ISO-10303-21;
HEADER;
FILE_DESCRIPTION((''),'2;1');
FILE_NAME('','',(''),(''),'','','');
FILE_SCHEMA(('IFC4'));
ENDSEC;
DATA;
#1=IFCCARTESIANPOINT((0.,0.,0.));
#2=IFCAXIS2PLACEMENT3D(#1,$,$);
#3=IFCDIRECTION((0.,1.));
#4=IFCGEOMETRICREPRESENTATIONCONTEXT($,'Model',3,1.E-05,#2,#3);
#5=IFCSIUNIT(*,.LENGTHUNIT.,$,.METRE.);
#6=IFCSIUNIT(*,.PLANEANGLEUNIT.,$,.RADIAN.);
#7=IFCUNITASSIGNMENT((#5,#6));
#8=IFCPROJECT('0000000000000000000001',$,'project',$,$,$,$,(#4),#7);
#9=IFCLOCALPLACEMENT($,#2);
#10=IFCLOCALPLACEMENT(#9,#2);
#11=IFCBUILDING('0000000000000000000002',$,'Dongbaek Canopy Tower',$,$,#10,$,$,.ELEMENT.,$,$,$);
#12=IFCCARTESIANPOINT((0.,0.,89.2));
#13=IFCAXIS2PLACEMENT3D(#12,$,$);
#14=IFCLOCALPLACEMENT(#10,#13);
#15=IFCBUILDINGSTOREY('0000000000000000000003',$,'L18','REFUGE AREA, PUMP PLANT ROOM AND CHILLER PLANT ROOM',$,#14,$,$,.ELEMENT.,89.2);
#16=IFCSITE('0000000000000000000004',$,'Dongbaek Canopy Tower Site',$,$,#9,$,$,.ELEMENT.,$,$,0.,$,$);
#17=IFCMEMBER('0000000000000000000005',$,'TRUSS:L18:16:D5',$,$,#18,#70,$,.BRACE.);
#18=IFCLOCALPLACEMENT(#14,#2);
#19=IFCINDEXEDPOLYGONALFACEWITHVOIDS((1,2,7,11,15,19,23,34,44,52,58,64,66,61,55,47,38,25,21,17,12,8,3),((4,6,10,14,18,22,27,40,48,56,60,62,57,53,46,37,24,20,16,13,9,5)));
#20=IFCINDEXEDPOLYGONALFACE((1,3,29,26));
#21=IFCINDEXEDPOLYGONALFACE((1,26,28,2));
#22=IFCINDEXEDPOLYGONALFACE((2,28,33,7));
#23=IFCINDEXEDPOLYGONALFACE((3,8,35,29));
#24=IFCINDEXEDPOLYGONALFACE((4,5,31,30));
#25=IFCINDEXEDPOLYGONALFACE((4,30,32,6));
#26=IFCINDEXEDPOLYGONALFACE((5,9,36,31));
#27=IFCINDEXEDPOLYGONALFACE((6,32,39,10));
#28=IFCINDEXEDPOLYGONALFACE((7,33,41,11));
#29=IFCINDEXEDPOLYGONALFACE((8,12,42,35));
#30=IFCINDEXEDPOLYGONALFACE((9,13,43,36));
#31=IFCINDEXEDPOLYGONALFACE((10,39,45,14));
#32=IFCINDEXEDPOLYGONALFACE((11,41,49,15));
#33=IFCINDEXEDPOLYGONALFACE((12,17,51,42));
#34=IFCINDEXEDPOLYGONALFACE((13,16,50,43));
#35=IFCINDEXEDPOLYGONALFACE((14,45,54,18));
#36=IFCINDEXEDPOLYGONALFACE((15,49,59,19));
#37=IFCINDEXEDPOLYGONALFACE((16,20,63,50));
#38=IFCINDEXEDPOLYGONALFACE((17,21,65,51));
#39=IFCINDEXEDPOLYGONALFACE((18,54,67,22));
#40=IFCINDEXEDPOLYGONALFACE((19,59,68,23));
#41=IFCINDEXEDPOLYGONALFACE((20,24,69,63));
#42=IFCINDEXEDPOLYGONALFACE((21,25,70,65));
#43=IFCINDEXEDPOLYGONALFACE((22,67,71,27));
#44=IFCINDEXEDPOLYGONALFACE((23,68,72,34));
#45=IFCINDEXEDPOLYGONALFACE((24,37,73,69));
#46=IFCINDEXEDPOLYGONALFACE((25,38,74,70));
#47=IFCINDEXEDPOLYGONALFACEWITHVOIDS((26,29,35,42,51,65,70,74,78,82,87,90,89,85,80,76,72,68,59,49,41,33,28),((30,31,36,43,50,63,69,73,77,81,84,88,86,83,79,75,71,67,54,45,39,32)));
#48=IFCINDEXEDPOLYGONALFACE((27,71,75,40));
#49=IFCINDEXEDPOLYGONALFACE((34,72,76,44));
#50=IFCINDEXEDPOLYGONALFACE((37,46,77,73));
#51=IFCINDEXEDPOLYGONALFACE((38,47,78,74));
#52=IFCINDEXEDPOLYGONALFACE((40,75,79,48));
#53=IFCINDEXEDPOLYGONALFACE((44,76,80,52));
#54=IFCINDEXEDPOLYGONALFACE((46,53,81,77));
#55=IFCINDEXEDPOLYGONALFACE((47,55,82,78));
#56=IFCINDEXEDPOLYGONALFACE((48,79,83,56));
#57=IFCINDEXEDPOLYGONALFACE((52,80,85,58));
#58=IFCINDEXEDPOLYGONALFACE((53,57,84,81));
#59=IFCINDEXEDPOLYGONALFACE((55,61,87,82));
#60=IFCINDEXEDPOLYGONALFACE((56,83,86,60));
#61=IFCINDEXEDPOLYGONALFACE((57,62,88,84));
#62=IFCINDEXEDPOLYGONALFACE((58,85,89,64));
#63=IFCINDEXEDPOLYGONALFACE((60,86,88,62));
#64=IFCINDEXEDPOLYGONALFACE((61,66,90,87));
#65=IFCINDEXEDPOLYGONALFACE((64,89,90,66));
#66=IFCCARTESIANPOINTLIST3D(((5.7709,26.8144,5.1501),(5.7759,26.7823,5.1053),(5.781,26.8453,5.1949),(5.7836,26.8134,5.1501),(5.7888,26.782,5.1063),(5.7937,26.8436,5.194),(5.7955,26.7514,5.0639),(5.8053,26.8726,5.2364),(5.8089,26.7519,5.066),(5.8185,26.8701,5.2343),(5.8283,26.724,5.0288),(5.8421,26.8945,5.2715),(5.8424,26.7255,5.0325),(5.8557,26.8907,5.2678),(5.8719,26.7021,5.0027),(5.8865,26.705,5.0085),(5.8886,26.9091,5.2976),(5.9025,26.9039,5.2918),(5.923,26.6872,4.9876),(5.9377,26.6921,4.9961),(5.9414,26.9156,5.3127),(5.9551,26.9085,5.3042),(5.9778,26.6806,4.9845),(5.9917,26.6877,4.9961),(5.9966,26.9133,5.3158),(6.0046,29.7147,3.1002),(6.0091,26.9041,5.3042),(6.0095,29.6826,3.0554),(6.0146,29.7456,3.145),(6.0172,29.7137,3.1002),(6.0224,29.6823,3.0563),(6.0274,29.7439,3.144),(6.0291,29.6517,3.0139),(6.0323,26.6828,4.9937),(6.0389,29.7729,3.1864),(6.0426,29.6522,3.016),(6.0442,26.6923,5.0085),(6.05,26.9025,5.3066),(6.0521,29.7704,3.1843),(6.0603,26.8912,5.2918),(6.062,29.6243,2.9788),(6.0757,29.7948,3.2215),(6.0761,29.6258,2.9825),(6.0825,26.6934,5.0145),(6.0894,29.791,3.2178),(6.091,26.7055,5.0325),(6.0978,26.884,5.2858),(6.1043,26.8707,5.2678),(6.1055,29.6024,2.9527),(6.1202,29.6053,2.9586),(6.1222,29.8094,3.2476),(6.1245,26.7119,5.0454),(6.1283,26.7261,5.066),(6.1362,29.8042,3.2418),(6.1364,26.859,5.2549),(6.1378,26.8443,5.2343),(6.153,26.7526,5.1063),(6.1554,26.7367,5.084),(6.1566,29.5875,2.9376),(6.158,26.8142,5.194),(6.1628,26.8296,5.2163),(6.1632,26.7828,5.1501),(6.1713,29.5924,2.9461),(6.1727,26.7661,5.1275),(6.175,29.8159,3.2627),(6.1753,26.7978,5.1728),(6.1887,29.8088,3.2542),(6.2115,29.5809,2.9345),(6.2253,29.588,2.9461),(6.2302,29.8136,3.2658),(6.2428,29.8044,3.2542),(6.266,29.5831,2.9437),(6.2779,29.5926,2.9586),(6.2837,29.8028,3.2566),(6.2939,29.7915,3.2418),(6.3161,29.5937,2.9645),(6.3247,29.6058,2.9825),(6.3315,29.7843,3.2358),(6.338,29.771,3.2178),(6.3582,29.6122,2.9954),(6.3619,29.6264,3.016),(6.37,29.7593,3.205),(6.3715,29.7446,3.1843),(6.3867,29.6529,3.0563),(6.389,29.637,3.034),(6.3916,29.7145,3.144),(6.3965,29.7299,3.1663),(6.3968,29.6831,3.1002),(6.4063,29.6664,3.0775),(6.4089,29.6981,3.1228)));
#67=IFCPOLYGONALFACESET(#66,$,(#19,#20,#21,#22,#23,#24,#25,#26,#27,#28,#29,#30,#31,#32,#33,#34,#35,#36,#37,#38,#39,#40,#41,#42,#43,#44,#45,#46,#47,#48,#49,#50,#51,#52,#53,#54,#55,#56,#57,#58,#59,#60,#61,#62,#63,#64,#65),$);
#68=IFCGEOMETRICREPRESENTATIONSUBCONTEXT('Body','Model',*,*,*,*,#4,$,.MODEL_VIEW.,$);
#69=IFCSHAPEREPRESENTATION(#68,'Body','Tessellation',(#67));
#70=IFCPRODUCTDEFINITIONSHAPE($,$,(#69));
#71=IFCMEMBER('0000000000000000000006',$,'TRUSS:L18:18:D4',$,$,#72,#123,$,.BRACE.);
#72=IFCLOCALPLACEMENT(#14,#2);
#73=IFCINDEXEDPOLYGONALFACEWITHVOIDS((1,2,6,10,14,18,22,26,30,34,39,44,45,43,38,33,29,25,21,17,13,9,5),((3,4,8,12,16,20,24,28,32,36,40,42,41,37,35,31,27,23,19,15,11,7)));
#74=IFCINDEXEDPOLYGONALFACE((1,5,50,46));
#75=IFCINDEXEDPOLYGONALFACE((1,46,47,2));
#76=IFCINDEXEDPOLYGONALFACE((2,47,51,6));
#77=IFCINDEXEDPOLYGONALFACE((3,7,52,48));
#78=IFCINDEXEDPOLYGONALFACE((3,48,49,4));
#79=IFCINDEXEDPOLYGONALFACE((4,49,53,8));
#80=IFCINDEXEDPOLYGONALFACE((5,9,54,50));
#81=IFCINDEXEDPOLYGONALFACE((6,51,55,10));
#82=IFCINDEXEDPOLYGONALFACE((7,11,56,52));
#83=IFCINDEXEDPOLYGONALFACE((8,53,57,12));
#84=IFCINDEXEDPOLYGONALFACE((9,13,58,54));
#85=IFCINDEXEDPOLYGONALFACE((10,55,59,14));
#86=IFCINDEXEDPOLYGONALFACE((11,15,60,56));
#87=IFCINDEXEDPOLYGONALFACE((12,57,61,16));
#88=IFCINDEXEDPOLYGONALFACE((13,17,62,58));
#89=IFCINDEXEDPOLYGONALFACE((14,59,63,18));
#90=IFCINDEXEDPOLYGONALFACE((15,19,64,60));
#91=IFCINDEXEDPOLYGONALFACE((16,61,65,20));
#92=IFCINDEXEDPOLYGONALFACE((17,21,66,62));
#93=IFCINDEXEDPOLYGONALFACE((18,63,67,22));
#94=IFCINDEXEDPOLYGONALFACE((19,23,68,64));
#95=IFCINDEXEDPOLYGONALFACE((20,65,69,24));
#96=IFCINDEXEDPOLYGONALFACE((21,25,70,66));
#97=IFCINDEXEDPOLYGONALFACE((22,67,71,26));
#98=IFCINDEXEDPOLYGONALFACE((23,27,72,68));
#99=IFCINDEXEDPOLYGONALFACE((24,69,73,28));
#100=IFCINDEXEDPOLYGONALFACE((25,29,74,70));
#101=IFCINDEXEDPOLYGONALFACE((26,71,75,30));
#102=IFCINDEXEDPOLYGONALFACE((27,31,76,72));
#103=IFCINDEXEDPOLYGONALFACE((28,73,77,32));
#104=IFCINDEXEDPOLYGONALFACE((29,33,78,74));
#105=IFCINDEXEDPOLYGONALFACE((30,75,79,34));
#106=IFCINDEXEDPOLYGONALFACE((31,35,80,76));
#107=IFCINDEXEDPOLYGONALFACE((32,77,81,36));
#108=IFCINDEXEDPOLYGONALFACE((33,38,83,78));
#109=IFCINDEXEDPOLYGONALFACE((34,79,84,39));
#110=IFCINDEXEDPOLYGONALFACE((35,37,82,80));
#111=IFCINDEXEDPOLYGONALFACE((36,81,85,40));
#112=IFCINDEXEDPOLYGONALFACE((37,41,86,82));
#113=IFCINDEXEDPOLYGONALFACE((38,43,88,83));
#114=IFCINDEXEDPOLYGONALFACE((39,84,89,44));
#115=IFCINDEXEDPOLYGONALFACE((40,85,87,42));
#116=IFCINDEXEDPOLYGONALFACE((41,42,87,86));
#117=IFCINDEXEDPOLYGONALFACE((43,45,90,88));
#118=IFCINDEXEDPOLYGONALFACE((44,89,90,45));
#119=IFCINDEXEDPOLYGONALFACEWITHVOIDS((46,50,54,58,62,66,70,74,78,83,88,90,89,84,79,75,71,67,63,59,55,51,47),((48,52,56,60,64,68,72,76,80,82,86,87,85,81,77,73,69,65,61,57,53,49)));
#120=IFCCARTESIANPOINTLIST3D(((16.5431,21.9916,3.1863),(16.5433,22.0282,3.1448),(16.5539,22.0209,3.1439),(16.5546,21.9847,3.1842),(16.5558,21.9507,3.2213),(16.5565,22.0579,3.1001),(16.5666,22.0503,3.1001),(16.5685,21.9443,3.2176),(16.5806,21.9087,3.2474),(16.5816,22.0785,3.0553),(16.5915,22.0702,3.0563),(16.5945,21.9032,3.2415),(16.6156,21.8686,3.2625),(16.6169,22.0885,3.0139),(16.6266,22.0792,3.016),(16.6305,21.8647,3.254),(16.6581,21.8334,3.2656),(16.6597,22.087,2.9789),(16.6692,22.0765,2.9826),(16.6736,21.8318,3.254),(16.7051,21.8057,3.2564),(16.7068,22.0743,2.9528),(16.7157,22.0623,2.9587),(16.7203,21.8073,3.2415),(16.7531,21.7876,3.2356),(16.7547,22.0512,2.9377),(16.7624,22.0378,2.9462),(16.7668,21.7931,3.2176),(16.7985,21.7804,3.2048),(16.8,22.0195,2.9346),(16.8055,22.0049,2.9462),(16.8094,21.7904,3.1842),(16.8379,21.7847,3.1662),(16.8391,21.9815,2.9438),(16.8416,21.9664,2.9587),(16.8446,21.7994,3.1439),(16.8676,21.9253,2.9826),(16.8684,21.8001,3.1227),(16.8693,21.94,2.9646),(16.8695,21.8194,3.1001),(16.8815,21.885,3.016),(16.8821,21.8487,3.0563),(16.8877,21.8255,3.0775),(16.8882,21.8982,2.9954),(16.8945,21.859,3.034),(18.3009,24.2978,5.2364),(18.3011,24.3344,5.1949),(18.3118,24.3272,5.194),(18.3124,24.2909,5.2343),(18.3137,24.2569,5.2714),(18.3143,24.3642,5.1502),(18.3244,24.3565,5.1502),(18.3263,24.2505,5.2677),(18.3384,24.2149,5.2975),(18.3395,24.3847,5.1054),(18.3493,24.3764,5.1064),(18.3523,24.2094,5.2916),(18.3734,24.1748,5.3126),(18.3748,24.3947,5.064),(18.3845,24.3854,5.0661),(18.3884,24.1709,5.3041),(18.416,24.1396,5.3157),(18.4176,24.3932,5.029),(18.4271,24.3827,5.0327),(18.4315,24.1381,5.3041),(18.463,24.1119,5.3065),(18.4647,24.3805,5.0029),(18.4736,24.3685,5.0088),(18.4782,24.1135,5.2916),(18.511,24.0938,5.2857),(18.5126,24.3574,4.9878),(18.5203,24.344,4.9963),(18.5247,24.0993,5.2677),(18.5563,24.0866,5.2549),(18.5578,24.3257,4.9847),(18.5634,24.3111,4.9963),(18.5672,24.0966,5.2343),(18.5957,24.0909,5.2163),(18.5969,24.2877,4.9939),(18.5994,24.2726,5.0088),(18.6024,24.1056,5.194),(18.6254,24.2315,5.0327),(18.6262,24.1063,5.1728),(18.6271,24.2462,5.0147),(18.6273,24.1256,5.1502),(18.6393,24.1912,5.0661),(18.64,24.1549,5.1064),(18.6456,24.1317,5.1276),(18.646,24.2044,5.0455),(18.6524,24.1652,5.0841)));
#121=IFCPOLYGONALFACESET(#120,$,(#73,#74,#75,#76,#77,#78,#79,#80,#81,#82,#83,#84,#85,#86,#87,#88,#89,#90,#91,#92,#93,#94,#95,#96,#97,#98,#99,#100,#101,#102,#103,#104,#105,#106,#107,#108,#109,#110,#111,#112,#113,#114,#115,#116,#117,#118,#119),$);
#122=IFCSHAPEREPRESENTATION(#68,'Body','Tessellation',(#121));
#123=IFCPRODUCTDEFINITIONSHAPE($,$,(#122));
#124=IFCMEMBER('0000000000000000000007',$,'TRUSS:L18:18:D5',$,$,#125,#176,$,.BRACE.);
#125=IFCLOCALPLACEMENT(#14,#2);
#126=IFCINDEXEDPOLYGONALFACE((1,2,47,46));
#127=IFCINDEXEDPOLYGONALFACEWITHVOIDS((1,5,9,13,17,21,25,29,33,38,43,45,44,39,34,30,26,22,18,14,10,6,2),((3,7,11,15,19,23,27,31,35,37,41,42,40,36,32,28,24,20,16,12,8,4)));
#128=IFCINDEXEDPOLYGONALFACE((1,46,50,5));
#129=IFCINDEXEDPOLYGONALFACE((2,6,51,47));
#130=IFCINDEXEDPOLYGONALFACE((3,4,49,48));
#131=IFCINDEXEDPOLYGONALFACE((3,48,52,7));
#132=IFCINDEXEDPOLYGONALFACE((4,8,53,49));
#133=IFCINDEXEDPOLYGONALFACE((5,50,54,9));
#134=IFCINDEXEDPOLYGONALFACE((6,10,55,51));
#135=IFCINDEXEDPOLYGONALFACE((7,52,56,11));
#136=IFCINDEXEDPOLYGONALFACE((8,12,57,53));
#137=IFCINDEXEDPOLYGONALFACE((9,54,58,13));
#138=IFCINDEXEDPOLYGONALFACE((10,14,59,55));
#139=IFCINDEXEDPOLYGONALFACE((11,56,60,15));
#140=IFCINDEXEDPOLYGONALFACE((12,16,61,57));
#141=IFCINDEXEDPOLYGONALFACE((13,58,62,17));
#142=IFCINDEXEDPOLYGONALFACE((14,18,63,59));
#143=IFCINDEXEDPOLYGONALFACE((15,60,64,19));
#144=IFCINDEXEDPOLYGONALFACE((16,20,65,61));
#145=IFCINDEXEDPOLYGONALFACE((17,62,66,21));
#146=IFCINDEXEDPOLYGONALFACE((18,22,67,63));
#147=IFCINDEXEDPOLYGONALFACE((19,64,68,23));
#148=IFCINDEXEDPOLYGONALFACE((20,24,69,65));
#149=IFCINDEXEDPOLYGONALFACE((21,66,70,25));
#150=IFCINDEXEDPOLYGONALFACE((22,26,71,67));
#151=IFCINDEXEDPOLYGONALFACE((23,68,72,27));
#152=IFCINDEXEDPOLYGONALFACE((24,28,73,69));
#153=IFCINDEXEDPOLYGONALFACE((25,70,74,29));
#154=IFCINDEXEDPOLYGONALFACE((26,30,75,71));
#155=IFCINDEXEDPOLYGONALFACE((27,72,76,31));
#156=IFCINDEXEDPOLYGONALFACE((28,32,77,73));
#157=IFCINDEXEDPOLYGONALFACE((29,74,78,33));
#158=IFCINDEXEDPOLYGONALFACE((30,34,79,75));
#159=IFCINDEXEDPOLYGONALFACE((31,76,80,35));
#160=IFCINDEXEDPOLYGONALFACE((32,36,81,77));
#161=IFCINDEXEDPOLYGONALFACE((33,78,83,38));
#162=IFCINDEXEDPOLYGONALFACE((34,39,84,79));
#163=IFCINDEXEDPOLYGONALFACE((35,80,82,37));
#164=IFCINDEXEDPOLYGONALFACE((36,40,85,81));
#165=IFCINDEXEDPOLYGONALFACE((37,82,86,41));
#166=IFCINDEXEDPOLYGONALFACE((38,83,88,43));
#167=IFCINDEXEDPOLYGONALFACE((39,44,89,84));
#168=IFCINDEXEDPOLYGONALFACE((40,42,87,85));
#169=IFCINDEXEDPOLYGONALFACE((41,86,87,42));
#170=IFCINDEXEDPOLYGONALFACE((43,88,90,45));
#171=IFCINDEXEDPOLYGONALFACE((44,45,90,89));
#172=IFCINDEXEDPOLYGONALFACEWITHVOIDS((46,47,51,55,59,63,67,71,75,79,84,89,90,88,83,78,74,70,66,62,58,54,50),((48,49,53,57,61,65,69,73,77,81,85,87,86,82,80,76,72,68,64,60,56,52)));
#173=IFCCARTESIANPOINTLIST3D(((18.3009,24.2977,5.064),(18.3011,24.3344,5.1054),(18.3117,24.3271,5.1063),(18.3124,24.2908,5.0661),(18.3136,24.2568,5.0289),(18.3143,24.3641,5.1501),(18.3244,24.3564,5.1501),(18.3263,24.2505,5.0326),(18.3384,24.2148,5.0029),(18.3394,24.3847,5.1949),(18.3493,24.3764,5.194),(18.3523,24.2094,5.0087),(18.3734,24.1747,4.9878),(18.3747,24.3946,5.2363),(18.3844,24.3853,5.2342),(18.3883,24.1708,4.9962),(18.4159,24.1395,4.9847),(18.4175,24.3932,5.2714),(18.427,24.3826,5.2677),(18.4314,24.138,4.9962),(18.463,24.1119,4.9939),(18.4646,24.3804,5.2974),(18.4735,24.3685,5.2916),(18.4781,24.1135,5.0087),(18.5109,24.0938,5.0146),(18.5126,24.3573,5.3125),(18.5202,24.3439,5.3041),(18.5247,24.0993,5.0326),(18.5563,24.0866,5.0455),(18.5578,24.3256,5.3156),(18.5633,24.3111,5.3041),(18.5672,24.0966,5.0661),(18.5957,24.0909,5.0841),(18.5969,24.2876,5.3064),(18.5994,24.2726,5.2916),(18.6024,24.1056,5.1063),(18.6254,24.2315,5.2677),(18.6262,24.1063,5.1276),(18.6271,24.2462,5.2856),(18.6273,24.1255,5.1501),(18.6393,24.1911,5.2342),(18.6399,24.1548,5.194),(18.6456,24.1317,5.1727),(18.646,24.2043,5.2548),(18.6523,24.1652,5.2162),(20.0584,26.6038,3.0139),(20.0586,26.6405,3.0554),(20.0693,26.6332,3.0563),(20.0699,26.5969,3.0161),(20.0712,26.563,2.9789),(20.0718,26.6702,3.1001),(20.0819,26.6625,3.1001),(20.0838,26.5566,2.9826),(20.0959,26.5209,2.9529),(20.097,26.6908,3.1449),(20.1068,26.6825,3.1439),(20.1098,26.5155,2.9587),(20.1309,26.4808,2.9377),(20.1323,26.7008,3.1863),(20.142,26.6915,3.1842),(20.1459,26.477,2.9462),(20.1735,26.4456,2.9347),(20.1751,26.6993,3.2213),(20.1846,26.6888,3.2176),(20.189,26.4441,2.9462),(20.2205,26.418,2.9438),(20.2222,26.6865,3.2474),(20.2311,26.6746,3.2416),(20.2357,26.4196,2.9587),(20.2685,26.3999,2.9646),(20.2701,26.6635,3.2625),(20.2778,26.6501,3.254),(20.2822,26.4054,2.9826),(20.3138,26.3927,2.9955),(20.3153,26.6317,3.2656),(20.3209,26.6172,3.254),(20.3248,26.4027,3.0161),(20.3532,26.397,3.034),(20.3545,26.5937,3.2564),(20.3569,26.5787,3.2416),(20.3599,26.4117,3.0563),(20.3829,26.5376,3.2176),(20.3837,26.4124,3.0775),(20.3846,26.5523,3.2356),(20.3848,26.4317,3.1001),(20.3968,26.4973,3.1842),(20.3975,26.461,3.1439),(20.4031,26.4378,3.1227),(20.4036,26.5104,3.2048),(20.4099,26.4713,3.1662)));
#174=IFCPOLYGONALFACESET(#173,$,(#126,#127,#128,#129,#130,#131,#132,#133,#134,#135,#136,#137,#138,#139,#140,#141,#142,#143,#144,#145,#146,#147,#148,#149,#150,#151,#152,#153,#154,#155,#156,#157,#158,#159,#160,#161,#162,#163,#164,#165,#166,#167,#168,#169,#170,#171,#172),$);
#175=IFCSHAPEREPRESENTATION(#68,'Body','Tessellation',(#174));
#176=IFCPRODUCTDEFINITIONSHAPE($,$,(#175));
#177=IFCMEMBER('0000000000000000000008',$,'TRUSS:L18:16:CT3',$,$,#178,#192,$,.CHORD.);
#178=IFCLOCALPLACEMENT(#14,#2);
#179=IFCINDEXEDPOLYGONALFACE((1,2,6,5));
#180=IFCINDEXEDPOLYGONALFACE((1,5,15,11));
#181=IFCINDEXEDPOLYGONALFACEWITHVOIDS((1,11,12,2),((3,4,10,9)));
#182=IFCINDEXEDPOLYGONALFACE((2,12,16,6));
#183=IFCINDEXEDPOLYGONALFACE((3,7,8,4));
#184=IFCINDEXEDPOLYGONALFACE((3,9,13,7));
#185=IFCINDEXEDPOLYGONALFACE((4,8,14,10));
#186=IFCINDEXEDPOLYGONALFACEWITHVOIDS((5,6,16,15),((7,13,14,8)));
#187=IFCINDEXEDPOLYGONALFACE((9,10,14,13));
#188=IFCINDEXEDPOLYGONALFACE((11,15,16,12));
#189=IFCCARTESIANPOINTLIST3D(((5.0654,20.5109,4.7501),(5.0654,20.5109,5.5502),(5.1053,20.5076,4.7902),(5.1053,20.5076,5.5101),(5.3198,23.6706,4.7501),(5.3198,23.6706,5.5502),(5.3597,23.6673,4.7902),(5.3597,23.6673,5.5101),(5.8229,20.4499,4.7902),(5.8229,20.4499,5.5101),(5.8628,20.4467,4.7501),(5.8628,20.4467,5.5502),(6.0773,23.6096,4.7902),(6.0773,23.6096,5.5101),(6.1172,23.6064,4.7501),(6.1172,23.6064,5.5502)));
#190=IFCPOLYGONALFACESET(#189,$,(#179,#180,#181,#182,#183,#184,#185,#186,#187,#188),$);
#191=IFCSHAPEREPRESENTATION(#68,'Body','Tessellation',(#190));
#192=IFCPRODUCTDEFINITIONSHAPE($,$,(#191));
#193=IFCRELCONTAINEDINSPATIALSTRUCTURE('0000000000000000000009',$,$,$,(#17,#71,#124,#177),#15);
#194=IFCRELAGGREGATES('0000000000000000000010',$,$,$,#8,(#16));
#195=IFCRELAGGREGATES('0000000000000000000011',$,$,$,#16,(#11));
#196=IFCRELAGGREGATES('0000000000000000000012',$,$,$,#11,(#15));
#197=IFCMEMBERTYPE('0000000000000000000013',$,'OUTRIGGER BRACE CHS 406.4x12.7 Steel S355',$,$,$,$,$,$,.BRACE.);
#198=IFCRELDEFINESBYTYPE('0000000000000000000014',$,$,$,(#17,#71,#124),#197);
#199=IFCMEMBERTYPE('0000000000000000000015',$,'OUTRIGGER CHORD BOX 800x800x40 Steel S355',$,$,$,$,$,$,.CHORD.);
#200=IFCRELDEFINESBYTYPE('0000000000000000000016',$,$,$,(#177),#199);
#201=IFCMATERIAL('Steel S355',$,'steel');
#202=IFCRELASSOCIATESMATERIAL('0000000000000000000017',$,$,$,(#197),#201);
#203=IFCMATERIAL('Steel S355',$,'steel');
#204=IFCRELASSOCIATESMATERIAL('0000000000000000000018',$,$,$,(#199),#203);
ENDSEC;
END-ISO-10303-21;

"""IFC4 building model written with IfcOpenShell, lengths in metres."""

from ifc_helpers import new_model, si_unit, direction, frame, origin, origin_2d, place, context, subcontext, project, spatial, hollow_rectangle, hollow_circle, extrude, material, material_profile, profile_set, type_object, element, save


model = new_model("IFC4")

# Units and contexts
model_context = context("Model", 3, precision=1e-05, world=origin(), true_north=direction((0.0, 1.0)))
body_context = subcontext(model_context, "Body", "Model", "MODEL_VIEW")
ifc_project = project(units=[si_unit("LENGTHUNIT", "METRE"), si_unit("PLANEANGLEUNIT", "RADIAN")], contexts=[model_context])

# Site, building, storey
site_placement = place(None, origin())
site = spatial("IfcSite", under=ifc_project, at=site_placement, Name="Dongbaek Canopy Tower Site", CompositionType="ELEMENT", RefElevation=0.0)
building_placement = place(site_placement, origin())
building = spatial("IfcBuilding", under=site, at=building_placement, Name="Dongbaek Canopy Tower", CompositionType="ELEMENT")
storey_placement = place(building_placement, frame((0.0, 0.0, 89.2)))
storey = spatial("IfcBuildingStorey", under=building, at=storey_placement, Name="L18", Description="REFUGE AREA, PUMP PLANT ROOM AND CHILLER PLANT ROOM", CompositionType="ELEMENT", Elevation=89.2)

# Members
ifc_material_1 = material(Name="Steel S355", Category="steel")
ifc_material_profile_1 = material_profile(ifc_material_1, hollow_circle(Radius=0.2031, WallThickness=0.0127, at=origin_2d()), Name="OUTRIGGER BRACE CHS 406.4x12.7 Steel S355")
ifc_profile_set_1 = profile_set([ifc_material_profile_1], Name="Steel S355")
member_type_1 = type_object("IfcMemberType", Name="OUTRIGGER BRACE CHS 406.4x12.7 Steel S355", PredefinedType="BRACE", material=ifc_profile_set_1)
member_1_placement = place(storey_placement, frame((5.9734, 26.7981, 5.1501), z_axis=(0.06564, 0.814847, -0.575948), x_axis=(-0.996771, 0.080295, 0.0)))
element("IfcMember", 1, at=member_1_placement, inside=storey, type_object=member_type_1, Name="TRUSS:L18:16:D5", PredefinedType="BRACE", context=body_context, shape_type="SweptSolid", body=[
    extrude(hollow_circle(Radius=0.2031, WallThickness=0.0127, at=origin_2d()), origin(), (0.0, 0.0, 1.0), 3.5593),
])
member_2_placement = place(storey_placement, frame((16.718, 21.9348, 3.1001), z_axis=(0.494993, 0.649403, 0.577285), x_axis=(-0.795308, 0.606206, 0.0)))
element("IfcMember", 2, at=member_2_placement, inside=storey, type_object=member_type_1, Name="TRUSS:L18:18:D4", PredefinedType="BRACE", context=body_context, shape_type="SweptSolid", body=[
    extrude(hollow_circle(Radius=0.2031, WallThickness=0.0127, at=origin_2d()), origin(), (0.0, 0.0, 1.0), 3.5513),
])
member_3_placement = place(storey_placement, frame((18.4758, 24.241, 5.1501), z_axis=(0.494941, 0.649425, -0.577305), x_axis=(-0.795349, 0.606152, 0.0)))
element("IfcMember", 3, at=member_3_placement, inside=storey, type_object=member_type_1, Name="TRUSS:L18:18:D5", PredefinedType="BRACE", context=body_context, shape_type="SweptSolid", body=[
    extrude(hollow_circle(Radius=0.2031, WallThickness=0.0127, at=origin_2d()), origin(), (0.0, 0.0, 1.0), 3.551),
])
ifc_material_2 = material(Name="Steel S355", Category="steel")
ifc_material_profile_2 = material_profile(ifc_material_2, hollow_rectangle(XDim=0.8, YDim=0.8, WallThickness=0.04, at=origin_2d()), Name="OUTRIGGER CHORD BOX 800x800x40 Steel S355")
ifc_profile_set_2 = profile_set([ifc_material_profile_2], Name="Steel S355")
member_type_2 = type_object("IfcMemberType", Name="OUTRIGGER CHORD BOX 800x800x40 Steel S355", PredefinedType="CHORD", material=ifc_profile_set_2)
for number, where, z_axis, x_axis, name in (
    (4, (5.4641, 20.4788, 5.1501), (0.080253, 0.996774, 0.0), (-0.996774, 0.080253, 0.0), "TRUSS:L18:16:CT3"),
):
    element("IfcMember", number, at=place(storey_placement, frame(where, z_axis=z_axis, x_axis=x_axis)), inside=storey, type_object=member_type_2, Name=name, PredefinedType="CHORD", context=body_context, shape_type="SweptSolid", body=[
        extrude(hollow_rectangle(XDim=0.8, YDim=0.8, WallThickness=0.04, at=origin_2d()), origin(), (0.0, 0.0, 1.0), 3.1699),
    ])

save(model, "model.ifc")
